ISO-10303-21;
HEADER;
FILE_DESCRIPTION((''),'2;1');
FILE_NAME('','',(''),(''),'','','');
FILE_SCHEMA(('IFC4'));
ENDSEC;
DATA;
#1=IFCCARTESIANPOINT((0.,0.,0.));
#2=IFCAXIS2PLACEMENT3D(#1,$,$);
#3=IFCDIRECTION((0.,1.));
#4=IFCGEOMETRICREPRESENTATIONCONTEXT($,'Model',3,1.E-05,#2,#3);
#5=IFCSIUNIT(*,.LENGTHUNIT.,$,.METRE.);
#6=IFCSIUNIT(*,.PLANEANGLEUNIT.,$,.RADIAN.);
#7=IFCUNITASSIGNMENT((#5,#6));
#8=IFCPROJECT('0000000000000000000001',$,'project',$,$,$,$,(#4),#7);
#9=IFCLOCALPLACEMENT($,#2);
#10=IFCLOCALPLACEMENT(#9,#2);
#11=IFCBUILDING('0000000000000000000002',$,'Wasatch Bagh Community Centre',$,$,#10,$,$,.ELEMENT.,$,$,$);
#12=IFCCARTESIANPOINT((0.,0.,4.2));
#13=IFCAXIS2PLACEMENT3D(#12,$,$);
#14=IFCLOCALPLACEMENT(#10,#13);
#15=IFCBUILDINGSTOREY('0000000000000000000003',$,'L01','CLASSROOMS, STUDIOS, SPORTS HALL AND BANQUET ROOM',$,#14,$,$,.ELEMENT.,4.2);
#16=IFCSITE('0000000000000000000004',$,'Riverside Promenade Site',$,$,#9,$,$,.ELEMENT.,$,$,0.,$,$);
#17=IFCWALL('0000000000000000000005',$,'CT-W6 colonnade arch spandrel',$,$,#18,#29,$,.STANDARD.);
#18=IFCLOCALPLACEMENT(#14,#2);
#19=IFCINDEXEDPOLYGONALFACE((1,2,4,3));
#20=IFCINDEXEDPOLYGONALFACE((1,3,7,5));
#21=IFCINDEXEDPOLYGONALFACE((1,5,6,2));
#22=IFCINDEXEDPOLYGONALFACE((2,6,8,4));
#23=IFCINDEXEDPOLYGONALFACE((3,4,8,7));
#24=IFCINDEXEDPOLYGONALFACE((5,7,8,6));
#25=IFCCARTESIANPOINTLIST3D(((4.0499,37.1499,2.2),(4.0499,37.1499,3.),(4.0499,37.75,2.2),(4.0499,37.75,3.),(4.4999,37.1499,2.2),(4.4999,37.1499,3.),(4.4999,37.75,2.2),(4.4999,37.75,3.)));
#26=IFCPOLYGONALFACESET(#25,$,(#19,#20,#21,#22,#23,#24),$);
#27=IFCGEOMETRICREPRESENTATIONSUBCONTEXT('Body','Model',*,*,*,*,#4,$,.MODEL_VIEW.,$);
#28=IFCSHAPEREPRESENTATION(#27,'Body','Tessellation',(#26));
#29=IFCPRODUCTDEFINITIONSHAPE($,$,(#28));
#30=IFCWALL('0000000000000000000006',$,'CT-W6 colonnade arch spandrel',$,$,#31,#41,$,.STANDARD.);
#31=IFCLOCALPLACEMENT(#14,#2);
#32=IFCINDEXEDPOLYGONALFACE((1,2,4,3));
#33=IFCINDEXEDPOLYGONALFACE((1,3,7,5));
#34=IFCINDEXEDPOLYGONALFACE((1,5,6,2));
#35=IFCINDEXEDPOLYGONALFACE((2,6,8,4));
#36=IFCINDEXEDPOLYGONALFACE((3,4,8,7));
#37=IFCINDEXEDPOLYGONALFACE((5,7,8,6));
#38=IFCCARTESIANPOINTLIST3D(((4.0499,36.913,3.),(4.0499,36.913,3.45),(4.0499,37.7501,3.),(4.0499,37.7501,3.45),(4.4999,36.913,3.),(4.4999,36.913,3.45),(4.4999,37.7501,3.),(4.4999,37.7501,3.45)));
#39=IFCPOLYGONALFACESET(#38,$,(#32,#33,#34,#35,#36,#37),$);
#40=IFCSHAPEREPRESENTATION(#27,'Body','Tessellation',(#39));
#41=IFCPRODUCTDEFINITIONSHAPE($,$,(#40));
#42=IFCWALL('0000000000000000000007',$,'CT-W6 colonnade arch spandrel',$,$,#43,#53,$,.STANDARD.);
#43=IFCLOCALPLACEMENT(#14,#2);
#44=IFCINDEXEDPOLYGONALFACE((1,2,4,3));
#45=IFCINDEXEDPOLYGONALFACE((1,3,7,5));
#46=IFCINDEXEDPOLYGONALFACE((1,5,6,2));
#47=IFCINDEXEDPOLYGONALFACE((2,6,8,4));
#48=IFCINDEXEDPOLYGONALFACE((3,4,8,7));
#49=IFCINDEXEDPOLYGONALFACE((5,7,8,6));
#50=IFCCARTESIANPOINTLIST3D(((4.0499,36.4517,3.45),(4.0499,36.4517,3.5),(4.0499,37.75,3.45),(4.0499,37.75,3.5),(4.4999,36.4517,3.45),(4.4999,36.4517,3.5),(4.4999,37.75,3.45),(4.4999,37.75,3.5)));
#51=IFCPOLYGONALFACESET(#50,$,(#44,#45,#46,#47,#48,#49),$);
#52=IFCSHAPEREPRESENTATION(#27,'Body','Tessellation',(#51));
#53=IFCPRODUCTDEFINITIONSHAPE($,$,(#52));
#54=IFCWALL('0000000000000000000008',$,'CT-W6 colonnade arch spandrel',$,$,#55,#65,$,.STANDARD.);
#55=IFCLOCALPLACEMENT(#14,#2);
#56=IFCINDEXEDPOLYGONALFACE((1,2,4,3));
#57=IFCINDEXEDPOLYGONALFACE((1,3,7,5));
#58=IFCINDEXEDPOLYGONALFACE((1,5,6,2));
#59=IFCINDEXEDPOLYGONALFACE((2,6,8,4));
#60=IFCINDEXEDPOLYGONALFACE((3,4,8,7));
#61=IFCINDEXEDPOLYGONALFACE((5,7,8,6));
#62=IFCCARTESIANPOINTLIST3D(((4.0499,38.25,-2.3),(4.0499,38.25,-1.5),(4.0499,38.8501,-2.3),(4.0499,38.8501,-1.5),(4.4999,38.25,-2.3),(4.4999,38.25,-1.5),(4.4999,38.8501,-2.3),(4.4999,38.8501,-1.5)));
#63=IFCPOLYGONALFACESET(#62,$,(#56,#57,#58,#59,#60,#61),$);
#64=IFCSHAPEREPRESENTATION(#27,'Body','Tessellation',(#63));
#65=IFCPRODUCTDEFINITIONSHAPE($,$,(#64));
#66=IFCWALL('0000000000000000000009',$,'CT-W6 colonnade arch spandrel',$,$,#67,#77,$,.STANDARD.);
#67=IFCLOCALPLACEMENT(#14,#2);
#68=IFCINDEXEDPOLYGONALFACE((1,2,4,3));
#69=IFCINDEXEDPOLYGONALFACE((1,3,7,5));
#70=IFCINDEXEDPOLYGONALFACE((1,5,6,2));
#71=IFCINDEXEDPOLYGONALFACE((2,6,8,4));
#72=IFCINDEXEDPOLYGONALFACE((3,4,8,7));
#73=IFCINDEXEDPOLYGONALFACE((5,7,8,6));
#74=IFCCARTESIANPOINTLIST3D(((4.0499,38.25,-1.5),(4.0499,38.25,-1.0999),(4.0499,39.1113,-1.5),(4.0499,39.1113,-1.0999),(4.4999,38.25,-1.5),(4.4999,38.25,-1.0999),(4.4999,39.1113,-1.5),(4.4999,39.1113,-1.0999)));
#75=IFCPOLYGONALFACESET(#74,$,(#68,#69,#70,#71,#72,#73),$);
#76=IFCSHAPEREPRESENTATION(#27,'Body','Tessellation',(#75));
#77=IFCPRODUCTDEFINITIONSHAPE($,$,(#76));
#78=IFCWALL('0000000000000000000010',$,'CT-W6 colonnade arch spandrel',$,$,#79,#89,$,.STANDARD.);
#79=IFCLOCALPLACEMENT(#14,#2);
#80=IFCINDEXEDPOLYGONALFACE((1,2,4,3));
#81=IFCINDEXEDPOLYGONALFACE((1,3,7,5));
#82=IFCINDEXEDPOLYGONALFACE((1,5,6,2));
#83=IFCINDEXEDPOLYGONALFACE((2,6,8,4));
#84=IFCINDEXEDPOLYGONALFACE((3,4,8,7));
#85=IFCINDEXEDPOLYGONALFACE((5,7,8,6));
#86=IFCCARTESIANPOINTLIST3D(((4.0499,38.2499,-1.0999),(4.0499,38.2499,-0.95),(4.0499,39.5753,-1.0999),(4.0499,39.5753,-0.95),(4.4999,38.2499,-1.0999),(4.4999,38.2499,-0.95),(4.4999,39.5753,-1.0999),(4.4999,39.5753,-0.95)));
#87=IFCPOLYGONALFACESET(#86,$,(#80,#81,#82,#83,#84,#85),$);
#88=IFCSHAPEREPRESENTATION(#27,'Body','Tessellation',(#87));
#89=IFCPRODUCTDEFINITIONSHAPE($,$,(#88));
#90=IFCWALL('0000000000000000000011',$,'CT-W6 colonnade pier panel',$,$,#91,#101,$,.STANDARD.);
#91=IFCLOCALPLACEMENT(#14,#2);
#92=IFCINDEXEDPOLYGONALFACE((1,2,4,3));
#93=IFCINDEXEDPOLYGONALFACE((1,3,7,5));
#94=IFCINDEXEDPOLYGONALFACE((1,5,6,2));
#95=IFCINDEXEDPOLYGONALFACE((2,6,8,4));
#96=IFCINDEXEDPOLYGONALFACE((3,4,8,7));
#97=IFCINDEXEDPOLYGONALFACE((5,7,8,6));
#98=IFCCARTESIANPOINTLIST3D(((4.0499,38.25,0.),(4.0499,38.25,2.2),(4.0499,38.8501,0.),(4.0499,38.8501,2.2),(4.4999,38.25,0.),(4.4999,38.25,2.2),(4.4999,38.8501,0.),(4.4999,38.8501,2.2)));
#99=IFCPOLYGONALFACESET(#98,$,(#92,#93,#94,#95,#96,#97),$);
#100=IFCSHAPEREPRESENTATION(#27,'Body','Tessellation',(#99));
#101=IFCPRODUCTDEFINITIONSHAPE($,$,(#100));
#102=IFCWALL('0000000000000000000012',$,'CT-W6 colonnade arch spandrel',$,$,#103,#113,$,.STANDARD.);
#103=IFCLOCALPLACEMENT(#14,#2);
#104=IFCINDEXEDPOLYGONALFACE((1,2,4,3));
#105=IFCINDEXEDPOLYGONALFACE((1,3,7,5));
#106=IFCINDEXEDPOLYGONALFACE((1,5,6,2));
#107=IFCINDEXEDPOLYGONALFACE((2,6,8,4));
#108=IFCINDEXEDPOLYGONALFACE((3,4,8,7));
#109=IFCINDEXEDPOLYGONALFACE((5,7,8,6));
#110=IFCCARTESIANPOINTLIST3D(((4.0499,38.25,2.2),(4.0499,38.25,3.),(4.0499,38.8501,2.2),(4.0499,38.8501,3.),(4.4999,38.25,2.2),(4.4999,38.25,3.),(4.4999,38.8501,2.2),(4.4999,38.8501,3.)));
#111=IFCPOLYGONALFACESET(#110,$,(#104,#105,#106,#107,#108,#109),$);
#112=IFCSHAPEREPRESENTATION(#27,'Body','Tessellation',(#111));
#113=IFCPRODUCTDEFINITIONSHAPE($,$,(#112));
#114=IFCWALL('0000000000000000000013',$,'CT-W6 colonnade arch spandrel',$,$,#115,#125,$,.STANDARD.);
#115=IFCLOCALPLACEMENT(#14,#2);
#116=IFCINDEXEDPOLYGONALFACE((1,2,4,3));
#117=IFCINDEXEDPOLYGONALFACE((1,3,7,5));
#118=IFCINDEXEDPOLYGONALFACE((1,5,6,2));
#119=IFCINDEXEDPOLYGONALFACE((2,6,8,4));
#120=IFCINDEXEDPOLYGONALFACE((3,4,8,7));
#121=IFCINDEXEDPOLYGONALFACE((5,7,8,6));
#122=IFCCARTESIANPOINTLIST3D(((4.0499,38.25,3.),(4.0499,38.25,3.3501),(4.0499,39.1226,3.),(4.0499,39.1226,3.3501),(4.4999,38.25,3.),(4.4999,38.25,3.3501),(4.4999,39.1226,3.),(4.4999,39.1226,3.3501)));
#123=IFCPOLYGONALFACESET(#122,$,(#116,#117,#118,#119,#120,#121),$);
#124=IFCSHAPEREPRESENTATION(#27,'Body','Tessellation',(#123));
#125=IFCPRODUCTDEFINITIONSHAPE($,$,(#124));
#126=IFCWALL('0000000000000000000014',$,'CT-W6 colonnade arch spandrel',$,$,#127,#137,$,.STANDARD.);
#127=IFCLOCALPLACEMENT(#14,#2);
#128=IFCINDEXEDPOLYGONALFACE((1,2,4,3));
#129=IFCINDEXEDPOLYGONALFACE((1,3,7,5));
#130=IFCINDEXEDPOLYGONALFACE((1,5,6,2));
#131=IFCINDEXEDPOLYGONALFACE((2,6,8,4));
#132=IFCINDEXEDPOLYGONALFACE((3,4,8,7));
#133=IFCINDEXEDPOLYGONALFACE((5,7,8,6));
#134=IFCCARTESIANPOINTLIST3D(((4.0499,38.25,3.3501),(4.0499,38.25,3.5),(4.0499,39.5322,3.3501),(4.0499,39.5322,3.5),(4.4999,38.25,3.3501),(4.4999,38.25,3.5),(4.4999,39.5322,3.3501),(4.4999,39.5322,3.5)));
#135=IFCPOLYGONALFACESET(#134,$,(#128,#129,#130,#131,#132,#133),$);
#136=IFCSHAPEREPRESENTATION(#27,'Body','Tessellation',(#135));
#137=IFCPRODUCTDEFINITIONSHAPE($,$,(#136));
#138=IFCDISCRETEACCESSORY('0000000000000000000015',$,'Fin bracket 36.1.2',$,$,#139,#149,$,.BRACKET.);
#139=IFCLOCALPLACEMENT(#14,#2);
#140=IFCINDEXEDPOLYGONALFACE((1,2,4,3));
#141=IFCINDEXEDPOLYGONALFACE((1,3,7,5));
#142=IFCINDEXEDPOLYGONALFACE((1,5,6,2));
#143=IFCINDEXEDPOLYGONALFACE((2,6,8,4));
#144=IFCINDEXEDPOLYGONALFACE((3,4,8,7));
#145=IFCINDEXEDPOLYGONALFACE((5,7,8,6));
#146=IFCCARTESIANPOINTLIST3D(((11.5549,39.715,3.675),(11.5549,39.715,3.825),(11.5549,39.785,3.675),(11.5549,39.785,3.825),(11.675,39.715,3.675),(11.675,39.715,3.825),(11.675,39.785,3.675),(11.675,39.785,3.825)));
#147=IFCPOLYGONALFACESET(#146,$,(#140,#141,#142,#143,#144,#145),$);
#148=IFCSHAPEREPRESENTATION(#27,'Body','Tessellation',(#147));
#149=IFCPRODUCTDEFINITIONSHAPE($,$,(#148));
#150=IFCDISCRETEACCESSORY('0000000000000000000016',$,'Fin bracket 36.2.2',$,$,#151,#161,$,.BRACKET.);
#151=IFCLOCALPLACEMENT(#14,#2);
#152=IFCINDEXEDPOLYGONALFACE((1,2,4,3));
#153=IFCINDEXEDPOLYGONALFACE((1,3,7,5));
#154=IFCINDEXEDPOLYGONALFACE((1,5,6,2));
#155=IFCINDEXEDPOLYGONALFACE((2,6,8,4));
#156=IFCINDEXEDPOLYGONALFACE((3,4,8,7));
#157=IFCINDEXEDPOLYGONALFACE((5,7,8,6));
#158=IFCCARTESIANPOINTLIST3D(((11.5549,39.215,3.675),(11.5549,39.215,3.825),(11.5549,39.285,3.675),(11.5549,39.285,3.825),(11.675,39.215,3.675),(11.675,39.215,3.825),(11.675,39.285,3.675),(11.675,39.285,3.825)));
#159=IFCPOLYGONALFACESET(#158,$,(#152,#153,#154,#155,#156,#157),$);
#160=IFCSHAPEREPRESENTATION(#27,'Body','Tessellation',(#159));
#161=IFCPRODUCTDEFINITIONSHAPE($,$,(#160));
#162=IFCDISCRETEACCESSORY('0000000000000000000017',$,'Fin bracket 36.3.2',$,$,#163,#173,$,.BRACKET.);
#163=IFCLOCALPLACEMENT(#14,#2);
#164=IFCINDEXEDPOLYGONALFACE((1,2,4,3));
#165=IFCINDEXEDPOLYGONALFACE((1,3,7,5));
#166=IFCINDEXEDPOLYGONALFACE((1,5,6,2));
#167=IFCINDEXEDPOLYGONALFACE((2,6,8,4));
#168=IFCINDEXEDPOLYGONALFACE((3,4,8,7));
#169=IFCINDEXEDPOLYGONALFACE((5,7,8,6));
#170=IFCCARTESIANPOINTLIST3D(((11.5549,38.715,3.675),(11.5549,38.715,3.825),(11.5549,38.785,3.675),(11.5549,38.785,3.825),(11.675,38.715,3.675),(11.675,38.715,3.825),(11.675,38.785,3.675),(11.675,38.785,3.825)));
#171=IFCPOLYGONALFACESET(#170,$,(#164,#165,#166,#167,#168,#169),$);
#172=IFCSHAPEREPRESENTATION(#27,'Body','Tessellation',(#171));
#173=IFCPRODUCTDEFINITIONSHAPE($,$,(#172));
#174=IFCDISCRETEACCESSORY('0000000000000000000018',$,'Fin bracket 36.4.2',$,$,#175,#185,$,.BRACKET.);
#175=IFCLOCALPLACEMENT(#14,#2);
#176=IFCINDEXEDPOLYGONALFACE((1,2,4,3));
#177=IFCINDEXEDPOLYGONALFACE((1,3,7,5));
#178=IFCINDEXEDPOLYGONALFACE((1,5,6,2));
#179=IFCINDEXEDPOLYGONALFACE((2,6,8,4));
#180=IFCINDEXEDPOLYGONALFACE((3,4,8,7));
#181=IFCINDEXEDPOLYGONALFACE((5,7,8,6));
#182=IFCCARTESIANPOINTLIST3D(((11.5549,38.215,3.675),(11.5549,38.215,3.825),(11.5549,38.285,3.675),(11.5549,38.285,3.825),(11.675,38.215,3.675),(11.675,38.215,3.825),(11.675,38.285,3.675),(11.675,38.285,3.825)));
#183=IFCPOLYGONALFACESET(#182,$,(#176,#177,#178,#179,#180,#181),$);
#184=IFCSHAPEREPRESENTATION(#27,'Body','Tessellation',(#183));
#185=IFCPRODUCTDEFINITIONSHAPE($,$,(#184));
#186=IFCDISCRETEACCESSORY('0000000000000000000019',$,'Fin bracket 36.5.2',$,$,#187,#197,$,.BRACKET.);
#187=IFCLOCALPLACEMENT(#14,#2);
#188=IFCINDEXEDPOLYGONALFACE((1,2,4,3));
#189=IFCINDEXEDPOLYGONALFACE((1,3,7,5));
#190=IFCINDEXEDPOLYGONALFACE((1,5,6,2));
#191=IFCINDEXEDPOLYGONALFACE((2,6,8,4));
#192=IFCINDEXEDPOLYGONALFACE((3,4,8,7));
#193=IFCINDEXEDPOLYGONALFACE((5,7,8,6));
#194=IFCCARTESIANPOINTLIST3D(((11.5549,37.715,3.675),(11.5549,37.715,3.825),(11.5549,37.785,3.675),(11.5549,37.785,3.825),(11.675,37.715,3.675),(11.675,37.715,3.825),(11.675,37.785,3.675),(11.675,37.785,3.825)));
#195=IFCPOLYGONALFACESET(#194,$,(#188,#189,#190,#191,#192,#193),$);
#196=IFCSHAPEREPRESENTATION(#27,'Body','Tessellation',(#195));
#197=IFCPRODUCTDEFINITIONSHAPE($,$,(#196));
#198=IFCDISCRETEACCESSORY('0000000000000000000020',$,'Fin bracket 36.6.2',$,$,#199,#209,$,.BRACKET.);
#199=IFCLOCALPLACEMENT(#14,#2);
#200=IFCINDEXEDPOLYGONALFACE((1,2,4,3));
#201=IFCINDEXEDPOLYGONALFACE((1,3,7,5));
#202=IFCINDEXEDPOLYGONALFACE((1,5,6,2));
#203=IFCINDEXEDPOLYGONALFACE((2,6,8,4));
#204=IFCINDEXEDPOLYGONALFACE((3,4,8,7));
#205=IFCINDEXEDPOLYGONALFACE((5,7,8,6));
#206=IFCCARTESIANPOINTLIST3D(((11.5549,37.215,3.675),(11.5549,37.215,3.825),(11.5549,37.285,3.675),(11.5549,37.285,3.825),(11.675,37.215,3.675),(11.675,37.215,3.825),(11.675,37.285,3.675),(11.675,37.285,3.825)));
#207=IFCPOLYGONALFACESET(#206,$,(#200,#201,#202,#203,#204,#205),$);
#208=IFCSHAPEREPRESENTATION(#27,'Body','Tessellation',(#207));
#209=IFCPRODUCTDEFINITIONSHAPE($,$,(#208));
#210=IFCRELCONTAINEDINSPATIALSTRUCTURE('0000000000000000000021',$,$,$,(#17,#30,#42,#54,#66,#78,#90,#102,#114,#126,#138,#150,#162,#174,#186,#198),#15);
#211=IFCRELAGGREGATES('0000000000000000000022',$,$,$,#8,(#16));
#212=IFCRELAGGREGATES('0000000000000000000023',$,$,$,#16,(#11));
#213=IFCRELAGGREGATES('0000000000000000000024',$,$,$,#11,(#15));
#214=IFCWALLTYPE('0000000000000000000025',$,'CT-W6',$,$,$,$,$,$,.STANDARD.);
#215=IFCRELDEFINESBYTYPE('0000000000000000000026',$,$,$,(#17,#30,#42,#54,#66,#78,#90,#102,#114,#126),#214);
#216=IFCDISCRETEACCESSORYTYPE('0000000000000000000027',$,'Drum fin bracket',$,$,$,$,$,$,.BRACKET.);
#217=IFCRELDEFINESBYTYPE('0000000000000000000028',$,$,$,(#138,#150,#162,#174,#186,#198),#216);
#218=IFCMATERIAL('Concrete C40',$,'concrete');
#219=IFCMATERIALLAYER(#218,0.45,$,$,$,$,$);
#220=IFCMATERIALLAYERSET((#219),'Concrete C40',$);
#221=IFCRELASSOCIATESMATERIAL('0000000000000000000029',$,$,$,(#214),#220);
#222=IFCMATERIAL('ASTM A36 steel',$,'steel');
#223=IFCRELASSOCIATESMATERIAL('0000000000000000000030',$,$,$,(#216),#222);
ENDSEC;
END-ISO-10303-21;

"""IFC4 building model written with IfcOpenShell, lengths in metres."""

from ifc_helpers import new_model, si_unit, direction, frame, frame_2d, origin, origin_2d, place, context, subcontext, project, spatial, rectangle, extrude, material, layer, layer_set, type_object, element, save


model = new_model("IFC4")

# Units and contexts
model_context = context("Model", 3, precision=1e-05, world=origin(), true_north=direction((0.0, 1.0)))
body_context = subcontext(model_context, "Body", "Model", "MODEL_VIEW")
ifc_project = project(units=[si_unit("LENGTHUNIT", "METRE"), si_unit("PLANEANGLEUNIT", "RADIAN")], contexts=[model_context])

# Site, building, storey
site_placement = place(None, origin())
site = spatial("IfcSite", under=ifc_project, at=site_placement, Name="Riverside Promenade Site", CompositionType="ELEMENT", RefElevation=0.0)
building_placement = place(site_placement, origin())
building = spatial("IfcBuilding", under=site, at=building_placement, Name="Wasatch Bagh Community Centre", CompositionType="ELEMENT")
storey_placement = place(building_placement, frame((0.0, 0.0, 4.2)))
storey = spatial("IfcBuildingStorey", under=building, at=storey_placement, Name="L01", Description="CLASSROOMS, STUDIOS, SPORTS HALL AND BANQUET ROOM", CompositionType="ELEMENT", Elevation=4.2)

# Shared definitions
ifc_material_1 = material(Name="Concrete C40", Category="concrete")

# Walls
ifc_layer_1 = layer(ifc_material_1, 0.45)
ifc_layer_set_1 = layer_set([ifc_layer_1], Name="Concrete C40")
wall_type_1 = type_object("IfcWallType", Name="CT-W6", PredefinedType="STANDARD", material=ifc_layer_set_1)
wall_1_placement = place(storey_placement, frame((4.2749, 37.75, 2.2), z_axis=(0.0, 0.0, 1.0), x_axis=(0.0, -1.0, 0.0)))
element("IfcWall", 1, at=wall_1_placement, inside=storey, type_object=wall_type_1, Name="CT-W6 colonnade arch spandrel", PredefinedType="STANDARD", context=body_context, shape_type="SweptSolid", body=[
    extrude(rectangle(XDim=0.6001, YDim=0.45, at=frame_2d((0.3, 0.0))), origin(), (0.0, 0.0, 1.0), 0.8),
])
wall_2_placement = place(storey_placement, frame((4.2749, 37.75, 3.0), z_axis=(0.0, 0.0, 1.0), x_axis=(0.0, -1.0, 0.0)))
element("IfcWall", 2, at=wall_2_placement, inside=storey, type_object=wall_type_1, Name="CT-W6 colonnade arch spandrel", PredefinedType="STANDARD", context=body_context, shape_type="SweptSolid", body=[
    extrude(rectangle(XDim=0.8372, YDim=0.45, at=frame_2d((0.4185, 0.0))), origin(), (0.0, 0.0, 1.0), 0.45),
])
wall_3_placement = place(storey_placement, frame((4.2749, 37.75, 3.45), z_axis=(0.0, 0.0, 1.0), x_axis=(0.0, -1.0, 0.0)))
element("IfcWall", 3, at=wall_3_placement, inside=storey, type_object=wall_type_1, Name="CT-W6 colonnade arch spandrel", PredefinedType="STANDARD", context=body_context, shape_type="SweptSolid", body=[
    extrude(rectangle(XDim=1.2983, YDim=0.45, at=frame_2d((0.6492, 0.0))), origin(), (0.0, 0.0, 1.0), 0.05),
])
wall_4_placement = place(storey_placement, frame((4.2749, 38.25, -2.3), z_axis=(0.0, 0.0, 1.0), x_axis=(0.0, 1.0, 0.0)))
element("IfcWall", 4, at=wall_4_placement, inside=storey, type_object=wall_type_1, Name="CT-W6 colonnade arch spandrel", PredefinedType="STANDARD", context=body_context, shape_type="SweptSolid", body=[
    extrude(rectangle(XDim=0.6001, YDim=0.45, at=frame_2d((0.3, 0.0))), origin(), (0.0, 0.0, 1.0), 0.8),
])
wall_5_placement = place(storey_placement, frame((4.2749, 38.25, -1.5), z_axis=(0.0, 0.0, 1.0), x_axis=(0.0, 1.0, 0.0)))
element("IfcWall", 5, at=wall_5_placement, inside=storey, type_object=wall_type_1, Name="CT-W6 colonnade arch spandrel", PredefinedType="STANDARD", context=body_context, shape_type="SweptSolid", body=[
    extrude(rectangle(XDim=0.8613, YDim=0.45, at=frame_2d((0.4307, 0.0))), origin(), (0.0, 0.0, 1.0), 0.4001),
])
wall_6_placement = place(storey_placement, frame((4.2749, 38.25, -1.0999), z_axis=(0.0, 0.0, 1.0), x_axis=(0.0, 1.0, 0.0)))
element("IfcWall", 6, at=wall_6_placement, inside=storey, type_object=wall_type_1, Name="CT-W6 colonnade arch spandrel", PredefinedType="STANDARD", context=body_context, shape_type="SweptSolid", body=[
    extrude(rectangle(XDim=1.3254, YDim=0.45, at=frame_2d((0.6626, 0.0))), origin(), (0.0, 0.0, 1.0), 0.1499),
])
wall_7_placement = place(storey_placement, frame((4.2749, 38.25, 0.0), z_axis=(0.0, 0.0, 1.0), x_axis=(0.0, 1.0, 0.0)))
element("IfcWall", 7, at=wall_7_placement, inside=storey, type_object=wall_type_1, Name="CT-W6 colonnade pier panel", PredefinedType="STANDARD", context=body_context, shape_type="SweptSolid", body=[
    extrude(rectangle(XDim=0.6001, YDim=0.45, at=frame_2d((0.3, 0.0))), origin(), (0.0, 0.0, 1.0), 2.2),
])
wall_8_placement = place(storey_placement, frame((4.2749, 38.25, 2.2), z_axis=(0.0, 0.0, 1.0), x_axis=(0.0, 1.0, 0.0)))
element("IfcWall", 8, at=wall_8_placement, inside=storey, type_object=wall_type_1, Name="CT-W6 colonnade arch spandrel", PredefinedType="STANDARD", context=body_context, shape_type="SweptSolid", body=[
    extrude(rectangle(XDim=0.6001, YDim=0.45, at=frame_2d((0.3, 0.0))), origin(), (0.0, 0.0, 1.0), 0.8),
])
wall_9_placement = place(storey_placement, frame((4.2749, 38.25, 3.0), z_axis=(0.0, 0.0, 1.0), x_axis=(0.0, 1.0, 0.0)))
element("IfcWall", 9, at=wall_9_placement, inside=storey, type_object=wall_type_1, Name="CT-W6 colonnade arch spandrel", PredefinedType="STANDARD", context=body_context, shape_type="SweptSolid", body=[
    extrude(rectangle(XDim=0.8726, YDim=0.45, at=frame_2d((0.4363, 0.0))), origin(), (0.0, 0.0, 1.0), 0.3501),
])
wall_10_placement = place(storey_placement, frame((4.2749, 38.25, 3.3501), z_axis=(0.0, 0.0, 1.0), x_axis=(0.0, 1.0, 0.0)))
element("IfcWall", 10, at=wall_10_placement, inside=storey, type_object=wall_type_1, Name="CT-W6 colonnade arch spandrel", PredefinedType="STANDARD", context=body_context, shape_type="SweptSolid", body=[
    extrude(rectangle(XDim=1.2822, YDim=0.45, at=frame_2d((0.6411, 0.0))), origin(), (0.0, 0.0, 1.0), 0.1499),
])

# Discrete accessories
ifc_material_2 = material(Name="ASTM A36 steel", Category="steel")
discrete_accessory_type = type_object("IfcDiscreteAccessoryType", Name="Drum fin bracket", PredefinedType="BRACKET", material=ifc_material_2)
for number, where, z_axis, x_axis, name in (
    (11, (11.615, 39.75, 3.675), (0.0, 0.0, 1.0), (0.0, -1.0, 0.0), "Fin bracket 36.1.2"),
    (12, (11.615, 39.25, 3.675), (0.0, 0.0, 1.0), (0.0, -1.0, 0.0), "Fin bracket 36.2.2"),
    (13, (11.615, 38.75, 3.675), (0.0, 0.0, 1.0), (0.0, -1.0, 0.0), "Fin bracket 36.3.2"),
    (14, (11.615, 38.25, 3.675), (0.0, 0.0, 1.0), (0.0, -1.0, 0.0), "Fin bracket 36.4.2"),
    (15, (11.615, 37.75, 3.675), (0.0, 0.0, 1.0), (0.0, -1.0, 0.0), "Fin bracket 36.5.2"),
    (16, (11.615, 37.25, 3.675), (0.0, 0.0, 1.0), (0.0, -1.0, 0.0), "Fin bracket 36.6.2"),
):
    element("IfcDiscreteAccessory", number, at=place(storey_placement, frame(where, z_axis=z_axis, x_axis=x_axis)), inside=storey, type_object=discrete_accessory_type, Name=name, PredefinedType="BRACKET", context=body_context, shape_type="SweptSolid", body=[
        extrude(rectangle(XDim=0.0701, YDim=0.1201, at=origin_2d()), origin(), (0.0, 0.0, 1.0), 0.1499),
    ])

save(model, "model.ifc")
